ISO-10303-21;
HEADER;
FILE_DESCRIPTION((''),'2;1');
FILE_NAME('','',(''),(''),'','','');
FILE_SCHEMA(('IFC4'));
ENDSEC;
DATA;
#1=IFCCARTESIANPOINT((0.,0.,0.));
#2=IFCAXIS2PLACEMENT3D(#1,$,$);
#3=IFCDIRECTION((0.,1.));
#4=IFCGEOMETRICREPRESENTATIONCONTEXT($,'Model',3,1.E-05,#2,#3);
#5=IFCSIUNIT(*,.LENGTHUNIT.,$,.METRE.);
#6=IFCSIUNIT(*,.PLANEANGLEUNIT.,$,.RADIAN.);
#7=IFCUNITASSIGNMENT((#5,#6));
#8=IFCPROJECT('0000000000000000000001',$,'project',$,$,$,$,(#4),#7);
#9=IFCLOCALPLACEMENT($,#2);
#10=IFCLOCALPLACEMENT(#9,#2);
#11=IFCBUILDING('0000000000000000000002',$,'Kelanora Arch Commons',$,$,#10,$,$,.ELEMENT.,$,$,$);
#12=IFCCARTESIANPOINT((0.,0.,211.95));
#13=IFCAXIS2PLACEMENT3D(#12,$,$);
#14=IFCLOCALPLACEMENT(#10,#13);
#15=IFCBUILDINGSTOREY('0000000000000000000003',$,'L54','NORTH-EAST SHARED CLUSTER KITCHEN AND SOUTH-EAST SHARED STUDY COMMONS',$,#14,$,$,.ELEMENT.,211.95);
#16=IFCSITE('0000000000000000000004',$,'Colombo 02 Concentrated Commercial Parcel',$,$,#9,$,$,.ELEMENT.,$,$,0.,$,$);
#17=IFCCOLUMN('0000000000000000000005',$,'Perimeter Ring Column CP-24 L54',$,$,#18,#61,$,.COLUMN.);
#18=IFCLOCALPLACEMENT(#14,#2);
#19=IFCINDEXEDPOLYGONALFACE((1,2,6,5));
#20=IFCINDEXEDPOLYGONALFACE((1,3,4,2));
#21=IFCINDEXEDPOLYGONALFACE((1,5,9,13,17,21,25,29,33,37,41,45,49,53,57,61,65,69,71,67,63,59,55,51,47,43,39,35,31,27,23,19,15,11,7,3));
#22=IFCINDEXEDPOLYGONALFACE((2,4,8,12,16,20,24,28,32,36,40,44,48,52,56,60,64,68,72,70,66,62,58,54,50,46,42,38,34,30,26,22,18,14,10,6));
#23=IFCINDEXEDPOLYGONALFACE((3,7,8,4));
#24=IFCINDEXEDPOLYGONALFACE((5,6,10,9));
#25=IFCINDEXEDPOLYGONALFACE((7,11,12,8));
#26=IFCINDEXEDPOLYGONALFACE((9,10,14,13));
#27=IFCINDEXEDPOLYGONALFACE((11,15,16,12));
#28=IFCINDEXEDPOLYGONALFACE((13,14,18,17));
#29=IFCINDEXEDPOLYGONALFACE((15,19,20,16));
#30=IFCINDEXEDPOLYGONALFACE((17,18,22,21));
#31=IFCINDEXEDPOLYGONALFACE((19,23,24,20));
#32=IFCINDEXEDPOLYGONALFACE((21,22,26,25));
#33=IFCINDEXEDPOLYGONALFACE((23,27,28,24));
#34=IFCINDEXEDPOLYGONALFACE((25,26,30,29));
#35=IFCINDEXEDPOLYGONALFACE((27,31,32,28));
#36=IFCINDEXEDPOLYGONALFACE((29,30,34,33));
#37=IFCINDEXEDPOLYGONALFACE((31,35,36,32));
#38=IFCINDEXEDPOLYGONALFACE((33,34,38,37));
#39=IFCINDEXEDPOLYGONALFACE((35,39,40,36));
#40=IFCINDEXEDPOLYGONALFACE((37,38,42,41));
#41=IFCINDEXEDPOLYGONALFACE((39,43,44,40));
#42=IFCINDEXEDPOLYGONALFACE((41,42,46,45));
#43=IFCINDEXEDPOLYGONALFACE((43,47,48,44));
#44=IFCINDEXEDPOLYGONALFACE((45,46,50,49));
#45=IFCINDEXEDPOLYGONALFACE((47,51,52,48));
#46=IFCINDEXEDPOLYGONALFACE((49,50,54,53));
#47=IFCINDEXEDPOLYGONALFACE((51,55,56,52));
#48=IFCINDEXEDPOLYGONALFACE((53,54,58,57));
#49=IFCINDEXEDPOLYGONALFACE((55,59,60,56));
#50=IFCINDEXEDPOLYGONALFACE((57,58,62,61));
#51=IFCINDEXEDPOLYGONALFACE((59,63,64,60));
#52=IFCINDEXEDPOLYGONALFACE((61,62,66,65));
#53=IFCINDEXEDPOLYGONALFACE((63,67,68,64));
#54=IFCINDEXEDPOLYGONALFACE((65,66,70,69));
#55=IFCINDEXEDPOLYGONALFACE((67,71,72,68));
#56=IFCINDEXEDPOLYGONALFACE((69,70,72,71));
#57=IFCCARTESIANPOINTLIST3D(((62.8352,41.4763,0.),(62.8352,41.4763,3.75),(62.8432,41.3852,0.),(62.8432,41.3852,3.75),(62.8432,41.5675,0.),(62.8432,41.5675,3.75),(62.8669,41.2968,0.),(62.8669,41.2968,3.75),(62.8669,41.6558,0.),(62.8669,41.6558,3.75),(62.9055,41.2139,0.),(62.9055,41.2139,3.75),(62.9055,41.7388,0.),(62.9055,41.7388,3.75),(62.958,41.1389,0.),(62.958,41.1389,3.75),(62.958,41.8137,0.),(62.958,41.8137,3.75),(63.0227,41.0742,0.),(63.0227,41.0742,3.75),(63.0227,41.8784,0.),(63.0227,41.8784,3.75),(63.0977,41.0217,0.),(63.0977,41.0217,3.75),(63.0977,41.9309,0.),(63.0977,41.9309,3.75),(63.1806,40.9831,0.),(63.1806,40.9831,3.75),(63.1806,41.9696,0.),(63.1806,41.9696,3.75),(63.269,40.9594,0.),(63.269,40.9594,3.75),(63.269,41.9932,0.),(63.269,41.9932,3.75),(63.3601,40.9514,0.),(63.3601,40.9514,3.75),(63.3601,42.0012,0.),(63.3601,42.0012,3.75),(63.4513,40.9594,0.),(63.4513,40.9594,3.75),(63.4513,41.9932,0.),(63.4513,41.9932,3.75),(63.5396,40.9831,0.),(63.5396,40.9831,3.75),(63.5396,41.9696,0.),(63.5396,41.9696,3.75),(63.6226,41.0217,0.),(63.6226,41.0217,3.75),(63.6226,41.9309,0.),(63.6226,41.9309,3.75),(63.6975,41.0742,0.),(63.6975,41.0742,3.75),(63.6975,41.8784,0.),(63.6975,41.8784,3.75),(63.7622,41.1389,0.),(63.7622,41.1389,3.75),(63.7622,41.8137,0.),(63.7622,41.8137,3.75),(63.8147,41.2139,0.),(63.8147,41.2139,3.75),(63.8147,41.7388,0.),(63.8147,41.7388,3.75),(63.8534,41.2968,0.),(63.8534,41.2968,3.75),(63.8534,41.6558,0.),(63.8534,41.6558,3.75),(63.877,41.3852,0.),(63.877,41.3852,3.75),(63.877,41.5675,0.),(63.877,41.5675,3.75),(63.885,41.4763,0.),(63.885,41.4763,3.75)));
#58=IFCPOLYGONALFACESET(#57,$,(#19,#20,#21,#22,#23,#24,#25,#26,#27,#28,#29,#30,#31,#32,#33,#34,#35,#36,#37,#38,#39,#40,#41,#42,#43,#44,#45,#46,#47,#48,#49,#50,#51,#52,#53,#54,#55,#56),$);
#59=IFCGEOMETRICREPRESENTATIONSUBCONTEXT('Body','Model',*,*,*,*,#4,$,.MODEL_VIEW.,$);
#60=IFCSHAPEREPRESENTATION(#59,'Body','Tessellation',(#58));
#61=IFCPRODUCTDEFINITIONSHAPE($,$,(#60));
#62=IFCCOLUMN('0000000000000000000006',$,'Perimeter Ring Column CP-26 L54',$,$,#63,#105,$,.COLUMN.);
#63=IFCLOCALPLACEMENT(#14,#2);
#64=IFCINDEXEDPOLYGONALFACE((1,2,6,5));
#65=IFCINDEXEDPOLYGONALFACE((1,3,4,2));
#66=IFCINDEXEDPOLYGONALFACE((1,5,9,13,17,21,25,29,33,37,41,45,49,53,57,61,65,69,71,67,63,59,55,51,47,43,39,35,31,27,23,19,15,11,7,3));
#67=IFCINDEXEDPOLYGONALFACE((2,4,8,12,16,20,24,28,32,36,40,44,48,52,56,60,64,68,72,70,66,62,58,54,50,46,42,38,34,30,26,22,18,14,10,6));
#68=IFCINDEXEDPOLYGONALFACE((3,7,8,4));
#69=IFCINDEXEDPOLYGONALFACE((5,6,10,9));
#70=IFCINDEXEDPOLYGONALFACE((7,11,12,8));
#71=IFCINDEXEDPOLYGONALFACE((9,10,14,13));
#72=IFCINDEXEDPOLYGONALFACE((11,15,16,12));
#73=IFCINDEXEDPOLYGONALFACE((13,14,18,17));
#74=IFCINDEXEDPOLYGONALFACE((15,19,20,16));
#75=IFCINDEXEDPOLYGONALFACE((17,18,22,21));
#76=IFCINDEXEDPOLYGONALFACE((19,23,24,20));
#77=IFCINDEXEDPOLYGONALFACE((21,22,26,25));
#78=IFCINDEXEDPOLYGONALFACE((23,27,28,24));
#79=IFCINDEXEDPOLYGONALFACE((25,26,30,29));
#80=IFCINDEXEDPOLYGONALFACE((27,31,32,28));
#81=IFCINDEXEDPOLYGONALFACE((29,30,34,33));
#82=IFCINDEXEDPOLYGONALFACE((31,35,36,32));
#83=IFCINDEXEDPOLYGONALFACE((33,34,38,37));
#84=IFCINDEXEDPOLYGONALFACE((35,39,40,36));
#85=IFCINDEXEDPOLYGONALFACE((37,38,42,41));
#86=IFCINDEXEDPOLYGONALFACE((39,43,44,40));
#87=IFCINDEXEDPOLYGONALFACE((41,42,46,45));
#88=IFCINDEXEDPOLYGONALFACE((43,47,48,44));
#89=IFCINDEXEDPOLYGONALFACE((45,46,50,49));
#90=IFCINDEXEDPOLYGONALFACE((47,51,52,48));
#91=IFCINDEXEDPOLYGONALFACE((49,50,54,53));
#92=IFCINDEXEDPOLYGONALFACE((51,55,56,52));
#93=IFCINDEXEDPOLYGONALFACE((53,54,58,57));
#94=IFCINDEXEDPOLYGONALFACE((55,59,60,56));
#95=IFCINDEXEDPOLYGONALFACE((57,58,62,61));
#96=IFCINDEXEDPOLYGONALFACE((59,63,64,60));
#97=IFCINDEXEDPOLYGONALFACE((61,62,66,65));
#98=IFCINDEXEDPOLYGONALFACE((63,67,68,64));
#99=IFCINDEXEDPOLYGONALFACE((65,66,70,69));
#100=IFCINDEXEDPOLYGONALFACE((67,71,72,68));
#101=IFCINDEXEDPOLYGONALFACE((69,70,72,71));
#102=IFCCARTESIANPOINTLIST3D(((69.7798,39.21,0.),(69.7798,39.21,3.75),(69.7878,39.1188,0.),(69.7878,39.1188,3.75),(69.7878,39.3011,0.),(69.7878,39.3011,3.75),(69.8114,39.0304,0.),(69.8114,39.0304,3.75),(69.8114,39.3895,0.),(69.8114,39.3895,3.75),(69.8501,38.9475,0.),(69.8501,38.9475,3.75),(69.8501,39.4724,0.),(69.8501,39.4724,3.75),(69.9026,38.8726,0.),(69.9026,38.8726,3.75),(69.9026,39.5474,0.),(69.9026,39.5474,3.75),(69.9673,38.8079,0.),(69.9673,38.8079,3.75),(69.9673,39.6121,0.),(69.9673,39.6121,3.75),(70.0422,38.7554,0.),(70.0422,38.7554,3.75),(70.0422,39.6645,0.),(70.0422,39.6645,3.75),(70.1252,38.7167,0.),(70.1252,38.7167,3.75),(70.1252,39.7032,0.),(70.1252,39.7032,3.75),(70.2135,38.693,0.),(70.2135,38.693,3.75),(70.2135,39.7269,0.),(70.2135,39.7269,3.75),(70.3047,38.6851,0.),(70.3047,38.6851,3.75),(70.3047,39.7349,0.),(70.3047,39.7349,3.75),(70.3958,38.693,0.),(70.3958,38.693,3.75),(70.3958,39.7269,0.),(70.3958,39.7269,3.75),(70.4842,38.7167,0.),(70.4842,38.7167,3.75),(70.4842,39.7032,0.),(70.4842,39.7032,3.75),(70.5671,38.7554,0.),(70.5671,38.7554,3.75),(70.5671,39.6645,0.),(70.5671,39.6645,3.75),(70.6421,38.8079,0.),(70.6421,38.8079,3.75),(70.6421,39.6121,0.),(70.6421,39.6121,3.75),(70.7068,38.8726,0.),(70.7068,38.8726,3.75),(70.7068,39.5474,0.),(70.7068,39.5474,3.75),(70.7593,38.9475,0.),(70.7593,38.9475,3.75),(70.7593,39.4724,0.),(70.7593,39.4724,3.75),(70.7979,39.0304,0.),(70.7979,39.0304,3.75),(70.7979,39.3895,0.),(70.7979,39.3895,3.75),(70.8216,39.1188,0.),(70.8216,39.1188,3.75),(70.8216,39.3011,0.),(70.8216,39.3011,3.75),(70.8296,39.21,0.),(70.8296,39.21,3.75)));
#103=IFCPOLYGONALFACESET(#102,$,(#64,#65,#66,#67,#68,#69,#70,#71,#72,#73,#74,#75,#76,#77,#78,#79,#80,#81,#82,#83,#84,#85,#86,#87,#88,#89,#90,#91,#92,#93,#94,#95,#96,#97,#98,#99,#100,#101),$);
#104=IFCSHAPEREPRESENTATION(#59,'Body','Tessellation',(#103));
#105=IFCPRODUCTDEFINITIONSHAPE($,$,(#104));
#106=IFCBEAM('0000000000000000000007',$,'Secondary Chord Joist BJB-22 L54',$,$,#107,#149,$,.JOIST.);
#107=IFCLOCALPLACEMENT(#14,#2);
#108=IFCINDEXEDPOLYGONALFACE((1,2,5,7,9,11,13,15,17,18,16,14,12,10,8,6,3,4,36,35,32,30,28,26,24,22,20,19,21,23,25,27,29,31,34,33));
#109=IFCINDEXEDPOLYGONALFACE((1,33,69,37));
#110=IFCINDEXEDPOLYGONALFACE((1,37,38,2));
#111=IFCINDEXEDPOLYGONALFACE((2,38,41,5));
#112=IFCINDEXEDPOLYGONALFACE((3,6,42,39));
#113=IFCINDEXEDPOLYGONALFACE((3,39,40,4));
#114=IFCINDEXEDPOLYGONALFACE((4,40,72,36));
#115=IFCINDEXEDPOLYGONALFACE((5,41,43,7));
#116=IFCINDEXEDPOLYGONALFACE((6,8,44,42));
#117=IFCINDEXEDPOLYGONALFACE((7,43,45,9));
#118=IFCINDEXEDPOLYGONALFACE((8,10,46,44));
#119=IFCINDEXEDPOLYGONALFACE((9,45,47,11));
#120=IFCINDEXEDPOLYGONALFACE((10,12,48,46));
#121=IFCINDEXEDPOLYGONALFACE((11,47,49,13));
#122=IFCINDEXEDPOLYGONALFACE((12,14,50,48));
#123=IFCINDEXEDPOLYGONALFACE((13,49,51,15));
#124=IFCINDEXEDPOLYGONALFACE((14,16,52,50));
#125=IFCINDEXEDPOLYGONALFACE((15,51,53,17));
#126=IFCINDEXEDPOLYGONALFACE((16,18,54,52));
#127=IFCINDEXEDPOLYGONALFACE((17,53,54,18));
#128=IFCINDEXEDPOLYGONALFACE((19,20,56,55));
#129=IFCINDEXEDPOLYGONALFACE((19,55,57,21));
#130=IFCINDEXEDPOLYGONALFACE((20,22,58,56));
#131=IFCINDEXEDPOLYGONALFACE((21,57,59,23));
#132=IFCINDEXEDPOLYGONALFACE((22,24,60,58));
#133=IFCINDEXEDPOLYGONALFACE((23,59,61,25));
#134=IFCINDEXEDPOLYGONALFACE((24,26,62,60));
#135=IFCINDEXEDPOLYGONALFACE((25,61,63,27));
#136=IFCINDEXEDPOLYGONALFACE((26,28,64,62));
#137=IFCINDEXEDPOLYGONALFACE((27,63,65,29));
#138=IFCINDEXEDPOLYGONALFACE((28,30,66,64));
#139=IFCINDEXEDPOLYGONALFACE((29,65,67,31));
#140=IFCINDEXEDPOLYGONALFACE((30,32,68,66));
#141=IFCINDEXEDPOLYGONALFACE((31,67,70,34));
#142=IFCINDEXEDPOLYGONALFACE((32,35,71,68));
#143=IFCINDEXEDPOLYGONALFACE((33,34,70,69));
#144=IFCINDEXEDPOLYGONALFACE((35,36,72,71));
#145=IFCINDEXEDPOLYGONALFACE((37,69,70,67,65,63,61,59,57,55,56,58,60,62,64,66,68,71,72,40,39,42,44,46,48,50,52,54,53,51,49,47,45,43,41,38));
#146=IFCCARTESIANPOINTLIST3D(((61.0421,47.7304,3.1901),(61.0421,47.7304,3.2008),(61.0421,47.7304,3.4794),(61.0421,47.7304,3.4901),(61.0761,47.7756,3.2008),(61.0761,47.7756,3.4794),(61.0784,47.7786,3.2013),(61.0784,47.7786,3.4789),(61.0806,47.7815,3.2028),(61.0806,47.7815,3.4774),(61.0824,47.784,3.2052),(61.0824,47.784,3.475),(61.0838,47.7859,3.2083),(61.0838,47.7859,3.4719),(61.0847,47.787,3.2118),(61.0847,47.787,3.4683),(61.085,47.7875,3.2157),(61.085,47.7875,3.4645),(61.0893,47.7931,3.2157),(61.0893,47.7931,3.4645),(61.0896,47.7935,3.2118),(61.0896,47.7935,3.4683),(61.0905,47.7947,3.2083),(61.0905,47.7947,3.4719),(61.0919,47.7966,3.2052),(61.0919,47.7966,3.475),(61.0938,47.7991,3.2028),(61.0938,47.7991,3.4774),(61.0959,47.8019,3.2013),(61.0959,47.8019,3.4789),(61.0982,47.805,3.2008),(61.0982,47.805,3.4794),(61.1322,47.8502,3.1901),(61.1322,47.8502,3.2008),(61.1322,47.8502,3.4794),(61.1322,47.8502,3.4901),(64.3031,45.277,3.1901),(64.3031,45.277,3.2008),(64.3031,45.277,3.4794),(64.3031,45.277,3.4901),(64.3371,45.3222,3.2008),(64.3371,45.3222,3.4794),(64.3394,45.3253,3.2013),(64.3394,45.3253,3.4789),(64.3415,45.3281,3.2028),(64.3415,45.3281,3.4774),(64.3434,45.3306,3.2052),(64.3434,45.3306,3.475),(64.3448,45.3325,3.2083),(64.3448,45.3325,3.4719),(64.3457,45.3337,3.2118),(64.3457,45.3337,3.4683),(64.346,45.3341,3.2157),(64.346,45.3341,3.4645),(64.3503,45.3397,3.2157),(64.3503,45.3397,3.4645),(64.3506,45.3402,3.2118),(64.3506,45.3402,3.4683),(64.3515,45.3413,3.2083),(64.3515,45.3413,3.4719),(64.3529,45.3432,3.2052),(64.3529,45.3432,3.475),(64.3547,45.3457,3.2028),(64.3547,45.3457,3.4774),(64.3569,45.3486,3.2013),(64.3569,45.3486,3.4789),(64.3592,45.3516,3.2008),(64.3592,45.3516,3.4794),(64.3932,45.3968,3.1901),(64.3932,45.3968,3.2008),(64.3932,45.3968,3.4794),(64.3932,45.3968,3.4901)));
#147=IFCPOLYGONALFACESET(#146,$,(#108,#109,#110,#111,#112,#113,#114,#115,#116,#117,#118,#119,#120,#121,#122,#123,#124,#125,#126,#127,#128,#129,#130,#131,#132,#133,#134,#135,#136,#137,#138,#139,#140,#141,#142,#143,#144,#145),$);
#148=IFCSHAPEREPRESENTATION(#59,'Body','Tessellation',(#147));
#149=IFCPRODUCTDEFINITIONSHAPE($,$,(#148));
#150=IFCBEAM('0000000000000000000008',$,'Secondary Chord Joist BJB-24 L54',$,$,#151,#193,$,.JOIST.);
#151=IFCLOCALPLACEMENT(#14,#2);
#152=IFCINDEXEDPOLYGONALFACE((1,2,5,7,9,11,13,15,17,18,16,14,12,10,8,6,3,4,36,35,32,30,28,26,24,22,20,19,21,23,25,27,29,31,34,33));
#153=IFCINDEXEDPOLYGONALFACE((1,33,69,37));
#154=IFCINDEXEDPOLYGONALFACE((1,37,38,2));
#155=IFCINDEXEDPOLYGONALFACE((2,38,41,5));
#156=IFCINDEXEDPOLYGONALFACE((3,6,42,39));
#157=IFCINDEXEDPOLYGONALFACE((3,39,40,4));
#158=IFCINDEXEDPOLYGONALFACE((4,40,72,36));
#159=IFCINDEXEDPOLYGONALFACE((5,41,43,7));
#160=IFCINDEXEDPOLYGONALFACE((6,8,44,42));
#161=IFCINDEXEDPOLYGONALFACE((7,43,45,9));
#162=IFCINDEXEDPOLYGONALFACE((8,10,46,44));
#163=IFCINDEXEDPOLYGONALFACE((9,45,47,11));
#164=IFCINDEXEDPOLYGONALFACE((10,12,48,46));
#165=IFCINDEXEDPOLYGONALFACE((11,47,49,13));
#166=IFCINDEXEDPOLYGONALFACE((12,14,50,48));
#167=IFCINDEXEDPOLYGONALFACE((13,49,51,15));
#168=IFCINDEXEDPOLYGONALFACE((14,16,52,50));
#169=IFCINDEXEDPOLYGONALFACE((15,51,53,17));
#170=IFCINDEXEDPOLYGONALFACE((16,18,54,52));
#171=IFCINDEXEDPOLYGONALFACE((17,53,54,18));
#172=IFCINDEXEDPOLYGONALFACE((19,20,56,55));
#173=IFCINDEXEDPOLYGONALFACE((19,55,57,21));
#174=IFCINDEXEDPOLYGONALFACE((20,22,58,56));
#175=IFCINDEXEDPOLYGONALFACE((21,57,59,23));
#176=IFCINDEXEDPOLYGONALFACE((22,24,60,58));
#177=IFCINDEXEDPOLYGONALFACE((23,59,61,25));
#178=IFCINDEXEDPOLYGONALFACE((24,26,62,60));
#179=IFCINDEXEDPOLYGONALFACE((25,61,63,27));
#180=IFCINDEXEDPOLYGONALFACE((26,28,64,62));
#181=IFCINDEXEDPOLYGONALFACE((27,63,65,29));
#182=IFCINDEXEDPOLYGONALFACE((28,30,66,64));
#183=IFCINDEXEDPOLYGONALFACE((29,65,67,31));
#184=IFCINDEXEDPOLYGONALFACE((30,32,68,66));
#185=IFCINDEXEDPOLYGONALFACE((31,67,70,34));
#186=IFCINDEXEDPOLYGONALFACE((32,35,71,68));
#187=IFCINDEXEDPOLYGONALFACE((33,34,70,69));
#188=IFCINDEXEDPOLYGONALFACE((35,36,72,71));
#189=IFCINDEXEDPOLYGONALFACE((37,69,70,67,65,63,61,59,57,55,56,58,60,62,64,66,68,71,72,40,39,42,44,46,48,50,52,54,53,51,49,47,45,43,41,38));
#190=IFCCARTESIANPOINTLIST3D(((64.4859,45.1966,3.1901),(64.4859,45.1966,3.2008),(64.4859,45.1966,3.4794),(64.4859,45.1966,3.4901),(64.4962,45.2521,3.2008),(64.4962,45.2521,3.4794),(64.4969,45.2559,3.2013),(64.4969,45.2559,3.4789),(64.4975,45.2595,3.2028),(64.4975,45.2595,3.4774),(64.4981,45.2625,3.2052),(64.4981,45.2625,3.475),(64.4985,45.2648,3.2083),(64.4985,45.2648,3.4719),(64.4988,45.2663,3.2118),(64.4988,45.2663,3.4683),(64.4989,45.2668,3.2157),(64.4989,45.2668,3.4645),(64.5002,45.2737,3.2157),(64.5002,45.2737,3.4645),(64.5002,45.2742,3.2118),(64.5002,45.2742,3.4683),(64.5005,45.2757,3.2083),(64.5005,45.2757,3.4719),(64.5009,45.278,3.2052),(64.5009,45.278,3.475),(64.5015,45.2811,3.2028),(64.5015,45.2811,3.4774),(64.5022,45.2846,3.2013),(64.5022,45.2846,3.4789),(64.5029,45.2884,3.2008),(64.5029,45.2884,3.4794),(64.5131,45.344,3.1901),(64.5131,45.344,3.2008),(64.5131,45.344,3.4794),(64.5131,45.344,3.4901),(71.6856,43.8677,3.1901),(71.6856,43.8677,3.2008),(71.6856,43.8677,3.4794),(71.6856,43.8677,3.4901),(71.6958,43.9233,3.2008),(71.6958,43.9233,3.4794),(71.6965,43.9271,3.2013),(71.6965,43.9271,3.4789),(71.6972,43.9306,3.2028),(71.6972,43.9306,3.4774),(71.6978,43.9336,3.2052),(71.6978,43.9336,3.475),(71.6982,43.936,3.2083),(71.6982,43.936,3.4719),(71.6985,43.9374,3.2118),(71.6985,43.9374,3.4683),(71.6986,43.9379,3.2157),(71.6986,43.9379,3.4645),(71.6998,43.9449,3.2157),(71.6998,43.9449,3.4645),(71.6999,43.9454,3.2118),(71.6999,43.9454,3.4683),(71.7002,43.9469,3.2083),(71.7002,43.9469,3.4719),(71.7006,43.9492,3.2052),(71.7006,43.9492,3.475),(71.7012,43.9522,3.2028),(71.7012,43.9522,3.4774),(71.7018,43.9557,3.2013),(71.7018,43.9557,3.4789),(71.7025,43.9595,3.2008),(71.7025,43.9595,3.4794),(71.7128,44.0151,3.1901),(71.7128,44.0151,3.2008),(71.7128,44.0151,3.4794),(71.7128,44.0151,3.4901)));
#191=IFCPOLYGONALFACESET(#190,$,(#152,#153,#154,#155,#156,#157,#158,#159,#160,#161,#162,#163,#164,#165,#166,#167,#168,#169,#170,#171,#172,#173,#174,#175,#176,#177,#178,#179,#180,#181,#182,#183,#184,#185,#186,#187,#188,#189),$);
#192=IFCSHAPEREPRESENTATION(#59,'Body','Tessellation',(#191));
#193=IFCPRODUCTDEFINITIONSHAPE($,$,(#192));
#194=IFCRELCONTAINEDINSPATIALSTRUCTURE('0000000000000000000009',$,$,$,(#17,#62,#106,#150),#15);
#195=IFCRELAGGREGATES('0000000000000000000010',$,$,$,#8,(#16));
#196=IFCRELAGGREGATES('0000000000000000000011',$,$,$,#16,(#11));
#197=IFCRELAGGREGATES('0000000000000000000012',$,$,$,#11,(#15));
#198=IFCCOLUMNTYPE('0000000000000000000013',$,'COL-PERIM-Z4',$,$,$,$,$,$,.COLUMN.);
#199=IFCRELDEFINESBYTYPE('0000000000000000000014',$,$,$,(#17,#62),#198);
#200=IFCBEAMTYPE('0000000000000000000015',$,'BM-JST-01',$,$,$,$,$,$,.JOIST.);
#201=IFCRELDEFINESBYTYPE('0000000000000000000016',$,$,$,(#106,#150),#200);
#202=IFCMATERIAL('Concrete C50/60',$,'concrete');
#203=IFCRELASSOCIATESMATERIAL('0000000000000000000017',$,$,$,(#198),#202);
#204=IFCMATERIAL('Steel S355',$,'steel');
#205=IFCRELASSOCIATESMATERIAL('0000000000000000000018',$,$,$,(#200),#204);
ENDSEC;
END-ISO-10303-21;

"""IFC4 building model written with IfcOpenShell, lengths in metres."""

from ifc_helpers import new_model, si_unit, direction, frame, origin, origin_2d, place, context, subcontext, project, spatial, circle, i_section, extrude, material, material_profile, profile_set, type_object, element, save


model = new_model("IFC4")

# Units and contexts
model_context = context("Model", 3, precision=1e-05, world=origin(), true_north=direction((0.0, 1.0)))
body_context = subcontext(model_context, "Body", "Model", "MODEL_VIEW")
ifc_project = project(units=[si_unit("LENGTHUNIT", "METRE"), si_unit("PLANEANGLEUNIT", "RADIAN")], contexts=[model_context])

# Site, building, storey
site_placement = place(None, origin())
site = spatial("IfcSite", under=ifc_project, at=site_placement, Name="Colombo 02 Concentrated Commercial Parcel", CompositionType="ELEMENT", RefElevation=0.0)
building_placement = place(site_placement, origin())
building = spatial("IfcBuilding", under=site, at=building_placement, Name="Kelanora Arch Commons", CompositionType="ELEMENT")
storey_placement = place(building_placement, frame((0.0, 0.0, 211.95)))
storey = spatial("IfcBuildingStorey", under=building, at=storey_placement, Name="L54", Description="NORTH-EAST SHARED CLUSTER KITCHEN AND SOUTH-EAST SHARED STUDY COMMONS", CompositionType="ELEMENT", Elevation=211.95)

# Columns
ifc_material_1 = material(Name="Concrete C50/60", Category="concrete")
ifc_material_profile_1 = material_profile(ifc_material_1, circle(Radius=0.5249, at=origin_2d()), Name="RCC1050")
ifc_profile_set_1 = profile_set([ifc_material_profile_1], Name="Concrete C50/60")
column_type = type_object("IfcColumnType", Name="COL-PERIM-Z4", PredefinedType="COLUMN", material=ifc_profile_set_1)
for number, where, z_axis, x_axis, name in (
    (1, (63.3601, 41.4763, 0.0), (0.0, 0.0, 1.0), (1.0, 0.0, 0.0), "Perimeter Ring Column CP-24 L54"),
    (2, (70.3047, 39.21, 0.0), (0.0, 0.0, 1.0), (1.0, 0.0, 0.0), "Perimeter Ring Column CP-26 L54"),
):
    element("IfcColumn", number, at=place(storey_placement, frame(where, z_axis=z_axis, x_axis=x_axis)), inside=storey, type_object=column_type, Name=name, PredefinedType="COLUMN", context=body_context, shape_type="SweptSolid", body=[
        extrude(circle(Radius=0.5249, at=origin_2d()), origin(), (0.0, 0.0, 1.0), 3.75),
    ])

# Beams
ifc_material_2 = material(Name="Steel S355", Category="steel")
ifc_material_profile_2 = material_profile(ifc_material_2, i_section(OverallWidth=0.1499, OverallDepth=0.3, WebThickness=0.0071, FlangeThickness=0.0107, FilletRadius=0.0149, at=origin_2d()), Name="IPE300")
ifc_profile_set_2 = profile_set([ifc_material_profile_2], Name="Steel S355")
beam_type_1 = type_object("IfcBeamType", Name="BM-JST-01", PredefinedType="JOIST", material=ifc_profile_set_2)
beam_1_placement = place(storey_placement, frame((61.0872, 47.7903, 3.3401), z_axis=(0.799102, -0.601196, 0.0), x_axis=(0.601196, 0.799102, 0.0)))
element("IfcBeam", 3, at=beam_1_placement, inside=storey, type_object=beam_type_1, Name="Secondary Chord Joist BJB-22 L54", PredefinedType="JOIST", context=body_context, shape_type="SweptSolid", body=[
    extrude(i_section(OverallWidth=0.1499, OverallDepth=0.3, WebThickness=0.0071, FlangeThickness=0.0107, FilletRadius=0.0149, at=origin_2d()), origin(), (0.0, 0.0, 1.0), 4.0808),
])
beam_2_placement = place(storey_placement, frame((64.4995, 45.2703, 3.3401), z_axis=(0.98339, -0.181505, 0.0), x_axis=(0.181505, 0.98339, 0.0)))
element("IfcBeam", 4, at=beam_2_placement, inside=storey, type_object=beam_type_1, Name="Secondary Chord Joist BJB-24 L54", PredefinedType="JOIST", context=body_context, shape_type="SweptSolid", body=[
    extrude(i_section(OverallWidth=0.1499, OverallDepth=0.3, WebThickness=0.0071, FlangeThickness=0.0107, FilletRadius=0.0149, at=origin_2d()), origin(), (0.0, 0.0, 1.0), 7.3213),
])

save(model, "model.ifc")
